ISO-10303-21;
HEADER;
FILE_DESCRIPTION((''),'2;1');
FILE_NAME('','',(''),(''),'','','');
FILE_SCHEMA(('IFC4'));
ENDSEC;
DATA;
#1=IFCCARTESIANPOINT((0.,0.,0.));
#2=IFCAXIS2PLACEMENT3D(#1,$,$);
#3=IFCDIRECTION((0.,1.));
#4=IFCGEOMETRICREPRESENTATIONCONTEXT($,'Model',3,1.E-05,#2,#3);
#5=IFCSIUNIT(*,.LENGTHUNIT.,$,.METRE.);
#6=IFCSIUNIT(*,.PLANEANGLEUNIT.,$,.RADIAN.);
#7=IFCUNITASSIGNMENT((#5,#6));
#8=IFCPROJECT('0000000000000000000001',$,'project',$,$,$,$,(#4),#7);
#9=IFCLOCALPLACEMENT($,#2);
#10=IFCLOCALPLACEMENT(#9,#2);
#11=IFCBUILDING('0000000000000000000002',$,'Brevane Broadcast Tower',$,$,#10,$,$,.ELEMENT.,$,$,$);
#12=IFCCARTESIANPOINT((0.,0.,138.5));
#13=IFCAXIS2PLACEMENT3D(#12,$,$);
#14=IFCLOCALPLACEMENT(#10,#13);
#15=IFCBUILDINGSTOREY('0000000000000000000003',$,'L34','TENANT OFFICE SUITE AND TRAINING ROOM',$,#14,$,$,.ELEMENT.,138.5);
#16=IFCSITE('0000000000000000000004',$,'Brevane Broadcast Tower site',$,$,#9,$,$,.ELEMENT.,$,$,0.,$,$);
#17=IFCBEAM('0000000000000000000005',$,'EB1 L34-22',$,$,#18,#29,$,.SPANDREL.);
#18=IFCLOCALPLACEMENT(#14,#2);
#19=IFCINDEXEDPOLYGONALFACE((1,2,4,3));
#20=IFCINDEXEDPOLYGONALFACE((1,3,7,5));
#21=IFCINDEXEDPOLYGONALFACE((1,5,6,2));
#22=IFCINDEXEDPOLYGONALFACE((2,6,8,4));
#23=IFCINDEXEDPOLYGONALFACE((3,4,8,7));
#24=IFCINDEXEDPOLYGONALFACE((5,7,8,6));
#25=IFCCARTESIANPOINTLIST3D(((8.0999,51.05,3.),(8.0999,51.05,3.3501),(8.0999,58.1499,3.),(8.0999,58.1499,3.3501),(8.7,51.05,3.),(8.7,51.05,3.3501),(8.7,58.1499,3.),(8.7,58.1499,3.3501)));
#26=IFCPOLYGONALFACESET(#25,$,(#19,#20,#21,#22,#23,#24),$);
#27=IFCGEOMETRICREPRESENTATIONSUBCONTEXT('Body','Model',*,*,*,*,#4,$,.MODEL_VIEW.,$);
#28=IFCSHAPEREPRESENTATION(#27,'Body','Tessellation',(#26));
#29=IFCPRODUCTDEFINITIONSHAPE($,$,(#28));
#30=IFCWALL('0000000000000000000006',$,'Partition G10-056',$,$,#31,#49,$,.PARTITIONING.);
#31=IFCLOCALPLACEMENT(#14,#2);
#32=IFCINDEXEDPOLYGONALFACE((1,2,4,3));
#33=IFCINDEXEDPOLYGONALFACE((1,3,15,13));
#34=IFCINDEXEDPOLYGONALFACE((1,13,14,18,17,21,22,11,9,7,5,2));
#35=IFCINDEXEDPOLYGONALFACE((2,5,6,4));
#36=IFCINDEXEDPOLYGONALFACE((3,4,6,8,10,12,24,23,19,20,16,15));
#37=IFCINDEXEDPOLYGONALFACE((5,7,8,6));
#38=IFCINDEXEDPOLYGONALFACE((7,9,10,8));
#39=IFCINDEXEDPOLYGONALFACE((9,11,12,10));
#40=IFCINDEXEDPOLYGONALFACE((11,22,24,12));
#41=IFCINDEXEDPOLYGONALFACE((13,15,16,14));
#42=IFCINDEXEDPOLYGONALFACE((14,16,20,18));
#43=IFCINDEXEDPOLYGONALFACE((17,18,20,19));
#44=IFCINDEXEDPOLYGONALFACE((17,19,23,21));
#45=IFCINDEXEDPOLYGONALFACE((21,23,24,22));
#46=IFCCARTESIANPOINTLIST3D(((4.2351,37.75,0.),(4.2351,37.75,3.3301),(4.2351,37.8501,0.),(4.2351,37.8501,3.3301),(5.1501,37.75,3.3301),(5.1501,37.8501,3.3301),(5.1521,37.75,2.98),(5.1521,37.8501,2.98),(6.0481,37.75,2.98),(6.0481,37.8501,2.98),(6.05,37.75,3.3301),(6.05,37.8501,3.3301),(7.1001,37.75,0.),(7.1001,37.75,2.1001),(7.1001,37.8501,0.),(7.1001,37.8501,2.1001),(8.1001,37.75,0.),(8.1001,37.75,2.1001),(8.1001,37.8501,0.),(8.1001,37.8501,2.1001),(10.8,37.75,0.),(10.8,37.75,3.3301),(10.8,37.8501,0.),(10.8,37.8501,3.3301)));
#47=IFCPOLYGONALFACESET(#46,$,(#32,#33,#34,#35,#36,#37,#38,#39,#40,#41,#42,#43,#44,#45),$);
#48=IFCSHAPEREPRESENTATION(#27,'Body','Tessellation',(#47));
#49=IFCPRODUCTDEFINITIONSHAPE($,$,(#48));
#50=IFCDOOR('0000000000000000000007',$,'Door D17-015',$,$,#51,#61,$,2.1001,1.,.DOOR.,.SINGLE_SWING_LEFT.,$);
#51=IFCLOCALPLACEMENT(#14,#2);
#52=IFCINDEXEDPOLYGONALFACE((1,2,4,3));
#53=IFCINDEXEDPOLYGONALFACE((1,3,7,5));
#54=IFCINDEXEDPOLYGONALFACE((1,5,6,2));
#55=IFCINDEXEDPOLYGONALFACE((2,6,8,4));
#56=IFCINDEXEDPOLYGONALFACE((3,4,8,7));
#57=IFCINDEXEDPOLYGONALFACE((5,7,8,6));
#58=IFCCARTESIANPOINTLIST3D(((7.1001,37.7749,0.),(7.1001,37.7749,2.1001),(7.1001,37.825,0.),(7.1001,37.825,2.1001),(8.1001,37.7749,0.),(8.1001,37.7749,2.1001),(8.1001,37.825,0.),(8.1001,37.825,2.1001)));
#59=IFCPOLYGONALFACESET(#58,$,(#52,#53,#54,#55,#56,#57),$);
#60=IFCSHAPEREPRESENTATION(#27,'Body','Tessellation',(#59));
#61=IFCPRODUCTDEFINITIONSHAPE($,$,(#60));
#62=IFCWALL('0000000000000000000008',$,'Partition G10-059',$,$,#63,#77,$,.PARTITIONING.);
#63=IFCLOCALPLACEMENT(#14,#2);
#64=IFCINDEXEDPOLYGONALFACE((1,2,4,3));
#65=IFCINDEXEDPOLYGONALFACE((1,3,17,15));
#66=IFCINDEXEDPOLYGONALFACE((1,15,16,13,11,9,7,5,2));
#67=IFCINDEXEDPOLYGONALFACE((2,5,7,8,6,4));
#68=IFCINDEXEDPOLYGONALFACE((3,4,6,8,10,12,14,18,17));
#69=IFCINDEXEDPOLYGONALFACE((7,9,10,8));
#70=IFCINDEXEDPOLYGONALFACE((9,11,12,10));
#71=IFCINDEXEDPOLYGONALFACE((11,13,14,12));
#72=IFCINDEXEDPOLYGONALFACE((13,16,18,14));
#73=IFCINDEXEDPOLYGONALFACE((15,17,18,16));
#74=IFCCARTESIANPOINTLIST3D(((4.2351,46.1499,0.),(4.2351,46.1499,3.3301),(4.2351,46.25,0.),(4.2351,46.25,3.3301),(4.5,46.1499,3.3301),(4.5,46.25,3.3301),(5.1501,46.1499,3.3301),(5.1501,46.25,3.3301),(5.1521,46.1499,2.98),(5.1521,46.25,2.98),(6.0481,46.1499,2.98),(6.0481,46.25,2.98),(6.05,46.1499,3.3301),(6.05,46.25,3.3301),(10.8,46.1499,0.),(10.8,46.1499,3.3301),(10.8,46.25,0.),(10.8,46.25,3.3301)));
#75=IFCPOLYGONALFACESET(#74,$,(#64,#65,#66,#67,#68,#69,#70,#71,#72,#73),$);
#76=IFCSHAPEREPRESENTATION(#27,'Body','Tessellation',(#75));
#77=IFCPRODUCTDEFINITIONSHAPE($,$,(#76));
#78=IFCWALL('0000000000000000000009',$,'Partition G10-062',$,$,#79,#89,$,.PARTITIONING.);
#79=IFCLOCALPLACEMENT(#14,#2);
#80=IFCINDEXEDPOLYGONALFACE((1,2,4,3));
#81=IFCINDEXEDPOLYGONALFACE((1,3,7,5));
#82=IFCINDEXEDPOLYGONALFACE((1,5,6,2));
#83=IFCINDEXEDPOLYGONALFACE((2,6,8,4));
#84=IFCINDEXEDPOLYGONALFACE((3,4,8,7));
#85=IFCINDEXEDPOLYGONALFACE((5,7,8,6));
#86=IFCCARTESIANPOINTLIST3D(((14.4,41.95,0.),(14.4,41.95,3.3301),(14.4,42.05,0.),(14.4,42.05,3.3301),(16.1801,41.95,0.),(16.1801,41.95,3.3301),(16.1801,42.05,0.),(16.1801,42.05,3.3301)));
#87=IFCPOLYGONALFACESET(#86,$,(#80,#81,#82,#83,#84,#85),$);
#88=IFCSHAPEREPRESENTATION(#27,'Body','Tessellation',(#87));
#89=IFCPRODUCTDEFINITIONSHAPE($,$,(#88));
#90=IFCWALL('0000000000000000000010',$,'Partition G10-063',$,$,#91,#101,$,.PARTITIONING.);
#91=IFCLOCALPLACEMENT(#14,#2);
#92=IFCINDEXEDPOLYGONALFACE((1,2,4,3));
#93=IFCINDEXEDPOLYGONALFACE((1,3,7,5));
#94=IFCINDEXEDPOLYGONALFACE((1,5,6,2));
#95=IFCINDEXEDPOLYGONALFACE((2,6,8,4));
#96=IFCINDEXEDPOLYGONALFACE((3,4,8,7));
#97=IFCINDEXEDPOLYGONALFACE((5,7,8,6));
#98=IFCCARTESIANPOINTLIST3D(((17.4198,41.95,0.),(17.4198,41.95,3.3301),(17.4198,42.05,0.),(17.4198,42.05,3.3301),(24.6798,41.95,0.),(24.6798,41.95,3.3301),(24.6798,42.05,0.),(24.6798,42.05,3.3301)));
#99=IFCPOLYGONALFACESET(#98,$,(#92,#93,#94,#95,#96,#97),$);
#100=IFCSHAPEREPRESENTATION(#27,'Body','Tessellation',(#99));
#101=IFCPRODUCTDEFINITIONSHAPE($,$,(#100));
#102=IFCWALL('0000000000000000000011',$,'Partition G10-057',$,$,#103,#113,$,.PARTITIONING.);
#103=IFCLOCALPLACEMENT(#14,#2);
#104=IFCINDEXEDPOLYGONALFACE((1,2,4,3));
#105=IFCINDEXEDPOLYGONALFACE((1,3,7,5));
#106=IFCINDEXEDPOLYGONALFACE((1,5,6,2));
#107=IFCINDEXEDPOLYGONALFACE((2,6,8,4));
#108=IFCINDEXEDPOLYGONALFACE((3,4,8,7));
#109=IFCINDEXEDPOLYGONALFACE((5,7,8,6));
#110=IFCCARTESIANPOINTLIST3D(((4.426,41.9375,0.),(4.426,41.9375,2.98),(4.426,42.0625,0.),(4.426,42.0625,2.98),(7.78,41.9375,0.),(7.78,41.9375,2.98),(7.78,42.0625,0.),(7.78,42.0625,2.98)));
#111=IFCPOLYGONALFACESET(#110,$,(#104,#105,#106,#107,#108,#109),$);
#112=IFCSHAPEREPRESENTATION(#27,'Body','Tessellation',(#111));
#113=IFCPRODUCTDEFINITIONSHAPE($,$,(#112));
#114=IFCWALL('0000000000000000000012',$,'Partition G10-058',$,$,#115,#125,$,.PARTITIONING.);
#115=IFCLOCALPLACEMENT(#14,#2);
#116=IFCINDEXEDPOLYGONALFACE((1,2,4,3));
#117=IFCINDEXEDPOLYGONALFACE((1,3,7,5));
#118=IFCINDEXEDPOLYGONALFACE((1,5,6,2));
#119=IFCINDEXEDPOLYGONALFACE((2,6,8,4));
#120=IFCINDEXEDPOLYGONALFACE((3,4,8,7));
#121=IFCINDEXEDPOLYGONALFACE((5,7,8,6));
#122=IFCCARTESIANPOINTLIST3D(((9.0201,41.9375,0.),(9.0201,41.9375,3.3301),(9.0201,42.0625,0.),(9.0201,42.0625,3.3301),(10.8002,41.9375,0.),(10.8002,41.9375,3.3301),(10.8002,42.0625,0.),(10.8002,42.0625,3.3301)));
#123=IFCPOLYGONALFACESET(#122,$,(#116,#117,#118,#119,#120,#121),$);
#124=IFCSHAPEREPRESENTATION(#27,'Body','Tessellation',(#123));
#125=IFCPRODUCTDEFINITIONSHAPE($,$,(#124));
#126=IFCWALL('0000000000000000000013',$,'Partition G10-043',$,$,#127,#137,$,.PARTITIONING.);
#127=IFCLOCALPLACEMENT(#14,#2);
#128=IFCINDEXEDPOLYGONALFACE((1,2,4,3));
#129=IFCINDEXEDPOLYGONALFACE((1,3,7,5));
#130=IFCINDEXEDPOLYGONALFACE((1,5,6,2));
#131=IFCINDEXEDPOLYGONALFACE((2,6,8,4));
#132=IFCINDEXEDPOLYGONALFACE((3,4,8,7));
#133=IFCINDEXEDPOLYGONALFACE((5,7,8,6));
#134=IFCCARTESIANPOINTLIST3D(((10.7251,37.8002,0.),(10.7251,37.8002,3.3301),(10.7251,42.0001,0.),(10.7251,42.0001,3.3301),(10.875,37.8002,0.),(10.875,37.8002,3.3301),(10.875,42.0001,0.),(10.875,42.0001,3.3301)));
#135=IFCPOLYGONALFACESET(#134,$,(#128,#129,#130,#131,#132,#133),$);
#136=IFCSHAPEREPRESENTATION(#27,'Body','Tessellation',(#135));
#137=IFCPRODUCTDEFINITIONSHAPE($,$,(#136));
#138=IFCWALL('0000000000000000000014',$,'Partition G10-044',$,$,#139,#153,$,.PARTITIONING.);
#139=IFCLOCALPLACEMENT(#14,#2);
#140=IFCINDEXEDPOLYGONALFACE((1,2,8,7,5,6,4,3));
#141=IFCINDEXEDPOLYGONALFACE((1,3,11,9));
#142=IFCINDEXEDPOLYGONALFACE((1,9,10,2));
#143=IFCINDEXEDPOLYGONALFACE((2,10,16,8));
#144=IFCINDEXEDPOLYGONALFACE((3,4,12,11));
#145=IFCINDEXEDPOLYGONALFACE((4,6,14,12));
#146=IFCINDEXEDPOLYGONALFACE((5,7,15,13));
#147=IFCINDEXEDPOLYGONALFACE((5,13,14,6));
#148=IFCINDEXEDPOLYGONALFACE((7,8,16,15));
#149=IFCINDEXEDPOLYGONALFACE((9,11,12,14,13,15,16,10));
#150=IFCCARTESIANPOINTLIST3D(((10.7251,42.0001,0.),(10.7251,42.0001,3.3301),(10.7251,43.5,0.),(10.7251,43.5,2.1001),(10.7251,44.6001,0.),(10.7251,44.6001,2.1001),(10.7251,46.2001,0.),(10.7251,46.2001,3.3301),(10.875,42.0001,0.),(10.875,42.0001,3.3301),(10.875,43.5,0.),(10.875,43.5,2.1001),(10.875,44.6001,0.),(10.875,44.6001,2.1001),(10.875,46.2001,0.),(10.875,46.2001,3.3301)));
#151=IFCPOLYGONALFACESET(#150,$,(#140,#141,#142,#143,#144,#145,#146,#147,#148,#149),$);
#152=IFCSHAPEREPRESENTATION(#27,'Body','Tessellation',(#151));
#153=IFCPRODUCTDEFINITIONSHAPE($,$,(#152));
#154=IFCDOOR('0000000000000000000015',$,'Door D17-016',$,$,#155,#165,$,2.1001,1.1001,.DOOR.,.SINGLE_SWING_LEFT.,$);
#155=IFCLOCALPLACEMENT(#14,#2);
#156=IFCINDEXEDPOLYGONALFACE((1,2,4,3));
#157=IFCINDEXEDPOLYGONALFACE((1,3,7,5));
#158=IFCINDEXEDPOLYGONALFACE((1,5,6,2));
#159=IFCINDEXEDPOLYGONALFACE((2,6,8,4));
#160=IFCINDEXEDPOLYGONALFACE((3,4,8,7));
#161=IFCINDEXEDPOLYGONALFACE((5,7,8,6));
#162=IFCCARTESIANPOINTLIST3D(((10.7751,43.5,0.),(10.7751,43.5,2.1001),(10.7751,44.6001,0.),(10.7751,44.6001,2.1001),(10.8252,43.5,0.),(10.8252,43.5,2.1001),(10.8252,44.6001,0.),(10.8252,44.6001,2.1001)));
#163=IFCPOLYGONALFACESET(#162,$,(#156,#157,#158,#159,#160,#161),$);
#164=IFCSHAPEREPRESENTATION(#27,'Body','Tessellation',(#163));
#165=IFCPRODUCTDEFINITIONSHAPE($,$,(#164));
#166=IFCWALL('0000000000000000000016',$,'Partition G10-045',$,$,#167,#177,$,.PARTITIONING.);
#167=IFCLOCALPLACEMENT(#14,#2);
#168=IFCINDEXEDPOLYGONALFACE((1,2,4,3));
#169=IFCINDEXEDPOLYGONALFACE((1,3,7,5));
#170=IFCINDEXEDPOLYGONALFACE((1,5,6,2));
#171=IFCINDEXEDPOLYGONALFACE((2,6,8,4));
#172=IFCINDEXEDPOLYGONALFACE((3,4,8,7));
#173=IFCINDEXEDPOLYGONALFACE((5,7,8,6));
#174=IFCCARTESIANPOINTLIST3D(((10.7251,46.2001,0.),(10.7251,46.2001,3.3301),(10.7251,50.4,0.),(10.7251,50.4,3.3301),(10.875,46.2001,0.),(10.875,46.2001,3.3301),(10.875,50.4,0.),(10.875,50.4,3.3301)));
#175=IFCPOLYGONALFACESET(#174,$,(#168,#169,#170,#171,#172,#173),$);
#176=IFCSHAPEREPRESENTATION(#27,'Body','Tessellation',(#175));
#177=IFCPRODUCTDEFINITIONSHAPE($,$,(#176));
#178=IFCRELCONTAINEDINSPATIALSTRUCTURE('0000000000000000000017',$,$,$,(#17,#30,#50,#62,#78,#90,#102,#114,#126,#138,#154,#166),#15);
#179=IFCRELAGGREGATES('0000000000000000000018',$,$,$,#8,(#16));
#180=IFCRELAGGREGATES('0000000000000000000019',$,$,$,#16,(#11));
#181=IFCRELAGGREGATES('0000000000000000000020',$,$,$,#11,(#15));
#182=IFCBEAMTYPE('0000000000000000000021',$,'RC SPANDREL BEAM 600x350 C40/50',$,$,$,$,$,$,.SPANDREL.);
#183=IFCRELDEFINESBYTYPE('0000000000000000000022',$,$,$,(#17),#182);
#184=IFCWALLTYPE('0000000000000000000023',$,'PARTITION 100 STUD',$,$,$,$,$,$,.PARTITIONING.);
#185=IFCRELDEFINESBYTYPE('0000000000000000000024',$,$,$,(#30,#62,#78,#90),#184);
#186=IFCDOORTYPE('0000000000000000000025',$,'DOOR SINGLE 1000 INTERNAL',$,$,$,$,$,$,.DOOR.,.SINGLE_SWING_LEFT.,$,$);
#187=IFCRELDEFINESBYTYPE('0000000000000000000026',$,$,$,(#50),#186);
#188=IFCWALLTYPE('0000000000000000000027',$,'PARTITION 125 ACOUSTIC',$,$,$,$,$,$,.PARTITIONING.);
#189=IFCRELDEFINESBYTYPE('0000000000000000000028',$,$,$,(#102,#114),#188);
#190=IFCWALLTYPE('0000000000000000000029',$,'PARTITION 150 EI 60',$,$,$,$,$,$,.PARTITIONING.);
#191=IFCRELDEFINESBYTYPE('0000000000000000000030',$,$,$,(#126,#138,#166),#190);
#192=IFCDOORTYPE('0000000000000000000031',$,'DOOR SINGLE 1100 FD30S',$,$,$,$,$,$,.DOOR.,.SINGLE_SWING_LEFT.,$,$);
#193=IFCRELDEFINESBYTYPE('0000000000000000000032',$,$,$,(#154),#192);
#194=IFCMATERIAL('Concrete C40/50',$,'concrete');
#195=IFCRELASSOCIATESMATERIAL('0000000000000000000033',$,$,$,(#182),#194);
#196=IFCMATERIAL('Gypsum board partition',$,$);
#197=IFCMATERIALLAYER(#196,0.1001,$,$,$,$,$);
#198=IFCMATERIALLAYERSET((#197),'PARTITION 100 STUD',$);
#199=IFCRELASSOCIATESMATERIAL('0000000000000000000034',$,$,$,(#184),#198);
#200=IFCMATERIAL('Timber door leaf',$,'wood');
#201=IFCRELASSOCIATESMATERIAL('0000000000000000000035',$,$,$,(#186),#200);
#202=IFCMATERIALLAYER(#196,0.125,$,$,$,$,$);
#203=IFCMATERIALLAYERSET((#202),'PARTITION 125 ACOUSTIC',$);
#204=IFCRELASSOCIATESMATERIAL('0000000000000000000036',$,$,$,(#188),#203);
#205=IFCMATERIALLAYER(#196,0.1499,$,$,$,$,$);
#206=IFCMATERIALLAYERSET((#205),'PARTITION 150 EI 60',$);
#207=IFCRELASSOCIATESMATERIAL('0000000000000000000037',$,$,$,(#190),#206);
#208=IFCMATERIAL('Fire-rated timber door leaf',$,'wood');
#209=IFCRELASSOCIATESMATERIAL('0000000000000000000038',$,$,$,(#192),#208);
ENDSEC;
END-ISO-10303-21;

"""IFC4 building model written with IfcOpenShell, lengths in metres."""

from ifc_helpers import new_model, si_unit, direction, frame, frame_2d, origin, origin_2d, place, context, subcontext, project, spatial, polyline, rectangle, outline, extrude, material, layer, layer_set, material_profile, profile_set, type_object, element, fill, save


model = new_model("IFC4")

# Units and contexts
model_context = context("Model", 3, precision=1e-05, world=origin(), true_north=direction((0.0, 1.0)))
body_context = subcontext(model_context, "Body", "Model", "MODEL_VIEW")
ifc_project = project(units=[si_unit("LENGTHUNIT", "METRE"), si_unit("PLANEANGLEUNIT", "RADIAN")], contexts=[model_context])

# Site, building, storey
site_placement = place(None, origin())
site = spatial("IfcSite", under=ifc_project, at=site_placement, Name="Brevane Broadcast Tower site", CompositionType="ELEMENT", RefElevation=0.0)
building_placement = place(site_placement, origin())
building = spatial("IfcBuilding", under=site, at=building_placement, Name="Brevane Broadcast Tower", CompositionType="ELEMENT")
storey_placement = place(building_placement, frame((0.0, 0.0, 138.5)))
storey = spatial("IfcBuildingStorey", under=building, at=storey_placement, Name="L34", Description="TENANT OFFICE SUITE AND TRAINING ROOM", CompositionType="ELEMENT", Elevation=138.5)

# Beam
ifc_material_1 = material(Name="Concrete C40/50", Category="concrete")
ifc_material_profile_1 = material_profile(ifc_material_1, rectangle(XDim=0.6001, YDim=0.3501, at=origin_2d()), Name="RC 600x350")
ifc_profile_set_1 = profile_set([ifc_material_profile_1], Name="Concrete C40/50")
beam_type_1 = type_object("IfcBeamType", Name="RC SPANDREL BEAM 600x350 C40/50", PredefinedType="SPANDREL", material=ifc_profile_set_1)
beam_1_placement = place(storey_placement, frame((8.3999, 51.05, 3.175), z_axis=(0.0, 1.0, 0.0), x_axis=(-1.0, 0.0, 0.0)))
element("IfcBeam", 1, at=beam_1_placement, inside=storey, type_object=beam_type_1, Name="EB1 L34-22", PredefinedType="SPANDREL", context=body_context, shape_type="SweptSolid", body=[
    extrude(rectangle(XDim=0.6001, YDim=0.3501, at=origin_2d()), origin(), (0.0, 0.0, 1.0), 7.0999),
])

# Wall, opening, door
ifc_material_2 = material(Name="Gypsum board partition")
ifc_layer_1 = layer(ifc_material_2, 0.1001)
ifc_layer_set_1 = layer_set([ifc_layer_1], Name="PARTITION 100 STUD")
wall_type_1 = type_object("IfcWallType", Name="PARTITION 100 STUD", PredefinedType="PARTITIONING", material=ifc_layer_set_1)
wall_1_placement = place(storey_placement, frame((4.2351, 37.8, 0.0), z_axis=(0.0, 0.0, 1.0), x_axis=(1.0, 0.0, 0.0)))
wall_1 = element("IfcWall", 2, at=wall_1_placement, inside=storey, type_object=wall_type_1, Name="Partition G10-056", PredefinedType="PARTITIONING", context=body_context, shape_type="SweptSolid", body=[
    extrude(outline(polyline([(0.0, 0.0), (6.5649, 0.0), (6.5649, 3.3301), (1.8149, 3.3301), (1.813, 2.98), (0.917, 2.98), (0.915, 3.3301), (0.2649, 3.3301), (0.0, 3.3301), (0.0, 0.0)])), frame((0.0, 0.05, 0.0), z_axis=(0.0, -1.0, 0.0), x_axis=(1.0, 0.0, 0.0)), (0.0, 0.0, 1.0), 0.1001),
])
opening_1_placement = place(wall_1_placement, frame((2.865, 0.0, 0.0)))
opening_1 = element("IfcOpeningElement", 3, at=opening_1_placement, cuts=wall_1, PredefinedType="OPENING", context=body_context, shape_type="SweptSolid", body=[
    extrude(rectangle(XDim=1.0, YDim=2.1001, at=frame_2d((0.5, 1.05))), frame((0.0, 0.0601, 0.0), z_axis=(0.0, -1.0, 0.0), x_axis=(1.0, 0.0, 0.0)), (0.0, 0.0, 1.0), 0.1201),
])
ifc_material_3 = material(Name="Timber door leaf", Category="wood")
door_type_1 = type_object("IfcDoorType", Name="DOOR SINGLE 1000 INTERNAL", OperationType="SINGLE_SWING_LEFT", PredefinedType="DOOR", material=ifc_material_3)
door_1_placement = place(opening_1_placement, origin())
door_1 = element("IfcDoor", 4, at=door_1_placement, inside=storey, type_object=door_type_1, Name="Door D17-015", OperationType="SINGLE_SWING_LEFT", OverallHeight=2.1001, OverallWidth=1.0, PredefinedType="DOOR", context=body_context, shape_type="SweptSolid", body=[
    extrude(rectangle(XDim=1.0, YDim=2.1001, at=frame_2d((0.5, 1.05))), frame((0.0, 0.0249, 0.0), z_axis=(0.0, -1.0, 0.0), x_axis=(1.0, 0.0, 0.0)), (0.0, 0.0, 1.0), 0.05),
])
fill(opening_1, door_1)

# Walls
wall_2_placement = place(storey_placement, frame((4.2351, 46.2, 0.0), z_axis=(0.0, 0.0, 1.0), x_axis=(1.0, 0.0, 0.0)))
element("IfcWall", 5, at=wall_2_placement, inside=storey, type_object=wall_type_1, Name="Partition G10-059", PredefinedType="PARTITIONING", context=body_context, shape_type="SweptSolid", body=[
    extrude(outline(polyline([(0.0, 0.0), (6.5649, 0.0), (6.5649, 3.3301), (1.8149, 3.3301), (1.813, 2.98), (0.917, 2.98), (0.915, 3.3301), (0.2649, 3.3301), (0.0, 3.3301), (0.0, 0.0)])), frame((0.0, 0.05, 0.0), z_axis=(0.0, -1.0, 0.0), x_axis=(1.0, 0.0, 0.0)), (0.0, 0.0, 1.0), 0.1001),
])
wall_3_placement = place(storey_placement, frame((14.3999, 42.0, 0.0), z_axis=(0.0, 0.0, 1.0), x_axis=(1.0, 0.0, 0.0)))
element("IfcWall", 6, at=wall_3_placement, inside=storey, type_object=wall_type_1, Name="Partition G10-062", PredefinedType="PARTITIONING", context=body_context, shape_type="SweptSolid", body=[
    extrude(rectangle(XDim=1.78, YDim=0.1001, at=frame_2d((0.8901, 0.0))), origin(), (0.0, 0.0, 1.0), 3.3301),
])
wall_4_placement = place(storey_placement, frame((17.4199, 42.0, 0.0), z_axis=(0.0, 0.0, 1.0), x_axis=(1.0, 0.0, 0.0)))
element("IfcWall", 7, at=wall_4_placement, inside=storey, type_object=wall_type_1, Name="Partition G10-063", PredefinedType="PARTITIONING", context=body_context, shape_type="SweptSolid", body=[
    extrude(rectangle(XDim=7.26, YDim=0.1001, at=frame_2d((3.6299, 0.0))), origin(), (0.0, 0.0, 1.0), 3.3301),
])
ifc_layer_2 = layer(ifc_material_2, 0.125)
ifc_layer_set_2 = layer_set([ifc_layer_2], Name="PARTITION 125 ACOUSTIC")
wall_type_2 = type_object("IfcWallType", Name="PARTITION 125 ACOUSTIC", PredefinedType="PARTITIONING", material=ifc_layer_set_2)
wall_5_placement = place(storey_placement, frame((4.426, 42.0, 0.0), z_axis=(0.0, 0.0, 1.0), x_axis=(1.0, 0.0, 0.0)))
element("IfcWall", 8, at=wall_5_placement, inside=storey, type_object=wall_type_2, Name="Partition G10-057", PredefinedType="PARTITIONING", context=body_context, shape_type="SweptSolid", body=[
    extrude(rectangle(XDim=3.354, YDim=0.125, at=frame_2d((1.677, 0.0))), origin(), (0.0, 0.0, 1.0), 2.98),
])
wall_6_placement = place(storey_placement, frame((9.02, 42.0, 0.0), z_axis=(0.0, 0.0, 1.0), x_axis=(1.0, 0.0, 0.0)))
element("IfcWall", 9, at=wall_6_placement, inside=storey, type_object=wall_type_2, Name="Partition G10-058", PredefinedType="PARTITIONING", context=body_context, shape_type="SweptSolid", body=[
    extrude(rectangle(XDim=1.78, YDim=0.125, at=frame_2d((0.8901, 0.0))), origin(), (0.0, 0.0, 1.0), 3.3301),
])
ifc_layer_3 = layer(ifc_material_2, 0.1499)
ifc_layer_set_3 = layer_set([ifc_layer_3], Name="PARTITION 150 EI 60")
wall_type_3 = type_object("IfcWallType", Name="PARTITION 150 EI 60", PredefinedType="PARTITIONING", material=ifc_layer_set_3)
wall_7_placement = place(storey_placement, frame((10.8, 37.8, 0.0), z_axis=(0.0, 0.0, 1.0), x_axis=(0.0, 1.0, 0.0)))
element("IfcWall", 10, at=wall_7_placement, inside=storey, type_object=wall_type_3, Name="Partition G10-043", PredefinedType="PARTITIONING", context=body_context, shape_type="SweptSolid", body=[
    extrude(rectangle(XDim=4.2, YDim=0.1499, at=frame_2d((2.1001, 0.0))), origin(), (0.0, 0.0, 1.0), 3.3301),
])

# Wall, opening, door
wall_8_placement = place(storey_placement, frame((10.8, 42.0, 0.0), z_axis=(0.0, 0.0, 1.0), x_axis=(0.0, 1.0, 0.0)))
wall_8 = element("IfcWall", 11, at=wall_8_placement, inside=storey, type_object=wall_type_3, Name="Partition G10-044", PredefinedType="PARTITIONING", context=body_context, shape_type="SweptSolid", body=[
    extrude(rectangle(XDim=4.2, YDim=0.1499, at=frame_2d((2.1001, 0.0))), origin(), (0.0, 0.0, 1.0), 3.3301),
])
opening_2_placement = place(wall_8_placement, frame((1.5, 0.0, 0.0)))
opening_2 = element("IfcOpeningElement", 12, at=opening_2_placement, cuts=wall_8, PredefinedType="OPENING", context=body_context, shape_type="SweptSolid", body=[
    extrude(rectangle(XDim=1.1001, YDim=2.1001, at=frame_2d((0.55, 1.05))), frame((0.0, 0.085, 0.0), z_axis=(0.0, -1.0, 0.0), x_axis=(1.0, 0.0, 0.0)), (0.0, 0.0, 1.0), 0.1699),
])
ifc_material_4 = material(Name="Fire-rated timber door leaf", Category="wood")
door_type_2 = type_object("IfcDoorType", Name="DOOR SINGLE 1100 FD30S", OperationType="SINGLE_SWING_LEFT", PredefinedType="DOOR", material=ifc_material_4)
door_2_placement = place(opening_2_placement, origin())
door_2 = element("IfcDoor", 13, at=door_2_placement, inside=storey, type_object=door_type_2, Name="Door D17-016", OperationType="SINGLE_SWING_LEFT", OverallHeight=2.1001, OverallWidth=1.1001, PredefinedType="DOOR", context=body_context, shape_type="SweptSolid", body=[
    extrude(rectangle(XDim=1.1001, YDim=2.1001, at=frame_2d((0.55, 1.05))), frame((0.0, 0.0249, 0.0), z_axis=(0.0, -1.0, 0.0), x_axis=(1.0, 0.0, 0.0)), (0.0, 0.0, 1.0), 0.05),
])
fill(opening_2, door_2)

# Wall
wall_9_placement = place(storey_placement, frame((10.8, 46.2, 0.0), z_axis=(0.0, 0.0, 1.0), x_axis=(0.0, 1.0, 0.0)))
element("IfcWall", 14, at=wall_9_placement, inside=storey, type_object=wall_type_3, Name="Partition G10-045", PredefinedType="PARTITIONING", context=body_context, shape_type="SweptSolid", body=[
    extrude(rectangle(XDim=4.2, YDim=0.1499, at=frame_2d((2.1001, 0.0))), origin(), (0.0, 0.0, 1.0), 3.3301),
])

save(model, "model.ifc")
